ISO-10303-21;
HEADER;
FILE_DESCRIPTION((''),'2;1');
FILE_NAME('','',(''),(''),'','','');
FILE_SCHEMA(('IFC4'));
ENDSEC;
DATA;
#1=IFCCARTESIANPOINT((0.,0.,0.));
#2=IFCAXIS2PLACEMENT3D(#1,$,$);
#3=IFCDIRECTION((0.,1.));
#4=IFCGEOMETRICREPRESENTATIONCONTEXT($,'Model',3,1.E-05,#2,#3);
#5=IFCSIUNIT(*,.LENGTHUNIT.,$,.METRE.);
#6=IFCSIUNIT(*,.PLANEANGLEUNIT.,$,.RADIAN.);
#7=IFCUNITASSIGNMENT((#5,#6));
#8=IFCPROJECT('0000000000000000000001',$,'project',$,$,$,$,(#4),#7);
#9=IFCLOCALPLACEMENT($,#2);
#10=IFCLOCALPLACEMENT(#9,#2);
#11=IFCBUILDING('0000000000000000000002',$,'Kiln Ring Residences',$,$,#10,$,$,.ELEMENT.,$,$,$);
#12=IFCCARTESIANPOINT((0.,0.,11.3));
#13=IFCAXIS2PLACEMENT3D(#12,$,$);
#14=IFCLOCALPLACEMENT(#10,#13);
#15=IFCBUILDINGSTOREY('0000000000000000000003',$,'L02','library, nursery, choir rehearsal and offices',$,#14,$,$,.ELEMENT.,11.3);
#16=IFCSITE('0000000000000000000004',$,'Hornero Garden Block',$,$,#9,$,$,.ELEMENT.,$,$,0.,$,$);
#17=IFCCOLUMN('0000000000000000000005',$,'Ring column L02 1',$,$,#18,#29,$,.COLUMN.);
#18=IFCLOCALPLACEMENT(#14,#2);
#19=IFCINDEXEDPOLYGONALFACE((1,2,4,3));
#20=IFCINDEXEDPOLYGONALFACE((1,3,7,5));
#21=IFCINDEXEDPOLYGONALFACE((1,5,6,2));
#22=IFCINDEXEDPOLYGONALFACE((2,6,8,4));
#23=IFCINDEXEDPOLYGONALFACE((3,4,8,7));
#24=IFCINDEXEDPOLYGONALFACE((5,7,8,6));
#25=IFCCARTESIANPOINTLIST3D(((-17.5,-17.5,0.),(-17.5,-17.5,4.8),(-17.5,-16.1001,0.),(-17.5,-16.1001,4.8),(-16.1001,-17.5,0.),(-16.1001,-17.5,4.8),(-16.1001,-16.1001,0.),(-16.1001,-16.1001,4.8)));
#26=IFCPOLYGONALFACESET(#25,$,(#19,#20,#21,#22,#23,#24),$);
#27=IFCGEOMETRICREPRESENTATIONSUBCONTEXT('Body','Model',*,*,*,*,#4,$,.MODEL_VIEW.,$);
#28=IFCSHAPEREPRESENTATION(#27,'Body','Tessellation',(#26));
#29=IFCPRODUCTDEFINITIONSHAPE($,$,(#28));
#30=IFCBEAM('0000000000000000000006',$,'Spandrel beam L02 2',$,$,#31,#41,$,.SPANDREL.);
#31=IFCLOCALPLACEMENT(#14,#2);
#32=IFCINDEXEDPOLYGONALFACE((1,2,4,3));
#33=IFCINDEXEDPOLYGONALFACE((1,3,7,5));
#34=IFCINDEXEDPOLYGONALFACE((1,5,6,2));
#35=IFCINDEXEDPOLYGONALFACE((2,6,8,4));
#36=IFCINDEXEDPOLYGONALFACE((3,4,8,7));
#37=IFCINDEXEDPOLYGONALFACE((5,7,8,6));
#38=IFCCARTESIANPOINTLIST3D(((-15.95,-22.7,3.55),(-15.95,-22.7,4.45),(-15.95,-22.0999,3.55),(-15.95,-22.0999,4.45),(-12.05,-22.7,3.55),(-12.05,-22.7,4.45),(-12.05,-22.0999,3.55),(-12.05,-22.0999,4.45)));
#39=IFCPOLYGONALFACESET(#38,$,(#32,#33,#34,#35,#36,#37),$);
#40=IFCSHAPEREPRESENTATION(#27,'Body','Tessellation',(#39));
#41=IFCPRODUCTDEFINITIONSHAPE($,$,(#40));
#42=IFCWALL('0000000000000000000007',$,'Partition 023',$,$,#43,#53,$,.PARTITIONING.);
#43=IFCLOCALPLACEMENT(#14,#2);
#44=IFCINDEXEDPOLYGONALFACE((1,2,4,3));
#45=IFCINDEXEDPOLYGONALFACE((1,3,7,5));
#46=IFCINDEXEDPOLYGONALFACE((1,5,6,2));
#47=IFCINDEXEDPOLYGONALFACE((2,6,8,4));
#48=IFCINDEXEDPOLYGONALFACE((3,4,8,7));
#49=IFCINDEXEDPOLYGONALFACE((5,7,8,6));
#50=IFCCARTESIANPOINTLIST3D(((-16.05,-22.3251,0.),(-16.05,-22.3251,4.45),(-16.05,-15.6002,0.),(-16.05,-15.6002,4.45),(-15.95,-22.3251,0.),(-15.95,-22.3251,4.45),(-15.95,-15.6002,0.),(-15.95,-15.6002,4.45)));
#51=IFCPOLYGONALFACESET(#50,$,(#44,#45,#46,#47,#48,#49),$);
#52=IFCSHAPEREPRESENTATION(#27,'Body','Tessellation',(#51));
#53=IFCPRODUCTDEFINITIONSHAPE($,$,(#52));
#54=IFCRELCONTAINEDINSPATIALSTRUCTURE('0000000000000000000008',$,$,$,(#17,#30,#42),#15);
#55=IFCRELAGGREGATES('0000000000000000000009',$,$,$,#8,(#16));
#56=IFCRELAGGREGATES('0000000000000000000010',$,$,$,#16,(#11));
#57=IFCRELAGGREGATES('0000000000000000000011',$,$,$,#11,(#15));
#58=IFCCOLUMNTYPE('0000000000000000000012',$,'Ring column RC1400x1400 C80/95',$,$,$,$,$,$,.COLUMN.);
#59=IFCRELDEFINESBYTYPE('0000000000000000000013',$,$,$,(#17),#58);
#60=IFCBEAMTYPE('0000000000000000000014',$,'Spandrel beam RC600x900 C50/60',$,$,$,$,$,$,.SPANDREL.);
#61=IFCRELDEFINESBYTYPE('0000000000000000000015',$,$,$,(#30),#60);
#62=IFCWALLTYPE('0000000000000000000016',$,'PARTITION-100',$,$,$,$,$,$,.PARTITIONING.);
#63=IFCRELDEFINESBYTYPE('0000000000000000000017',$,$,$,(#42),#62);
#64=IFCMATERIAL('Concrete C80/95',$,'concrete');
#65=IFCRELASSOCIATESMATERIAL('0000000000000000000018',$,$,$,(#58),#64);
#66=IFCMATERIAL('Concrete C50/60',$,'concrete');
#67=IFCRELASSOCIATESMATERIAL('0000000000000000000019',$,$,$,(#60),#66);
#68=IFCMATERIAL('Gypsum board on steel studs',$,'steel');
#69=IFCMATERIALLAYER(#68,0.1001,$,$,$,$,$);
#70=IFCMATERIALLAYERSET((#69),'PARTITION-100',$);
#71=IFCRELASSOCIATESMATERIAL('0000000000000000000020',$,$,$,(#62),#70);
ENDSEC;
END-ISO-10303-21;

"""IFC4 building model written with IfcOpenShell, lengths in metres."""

from ifc_helpers import new_model, si_unit, direction, frame, frame_2d, origin, origin_2d, place, context, subcontext, project, spatial, rectangle, extrude, material, layer, layer_set, material_profile, profile_set, type_object, element, save


model = new_model("IFC4")

# Units and contexts
model_context = context("Model", 3, precision=1e-05, world=origin(), true_north=direction((0.0, 1.0)))
body_context = subcontext(model_context, "Body", "Model", "MODEL_VIEW")
ifc_project = project(units=[si_unit("LENGTHUNIT", "METRE"), si_unit("PLANEANGLEUNIT", "RADIAN")], contexts=[model_context])

# Site, building, storey
site_placement = place(None, origin())
site = spatial("IfcSite", under=ifc_project, at=site_placement, Name="Hornero Garden Block", CompositionType="ELEMENT", RefElevation=0.0)
building_placement = place(site_placement, origin())
building = spatial("IfcBuilding", under=site, at=building_placement, Name="Kiln Ring Residences", CompositionType="ELEMENT")
storey_placement = place(building_placement, frame((0.0, 0.0, 11.3)))
storey = spatial("IfcBuildingStorey", under=building, at=storey_placement, Name="L02", Description="library, nursery, choir rehearsal and offices", CompositionType="ELEMENT", Elevation=11.3)

# Column
ifc_material_1 = material(Name="Concrete C80/95", Category="concrete")
ifc_material_profile_1 = material_profile(ifc_material_1, rectangle(XDim=1.3999, YDim=1.3999, at=origin_2d()), Name="RC1400x1400")
ifc_profile_set_1 = profile_set([ifc_material_profile_1], Name="Concrete C80/95")
column_type = type_object("IfcColumnType", Name="Ring column RC1400x1400 C80/95", PredefinedType="COLUMN", material=ifc_profile_set_1)
column_placement = place(storey_placement, frame((-16.8, -16.8, 0.0), z_axis=(0.0, 0.0, 1.0), x_axis=(1.0, 0.0, 0.0)))
element("IfcColumn", 1, at=column_placement, inside=storey, type_object=column_type, Name="Ring column L02 1", PredefinedType="COLUMN", context=body_context, shape_type="SweptSolid", body=[
    extrude(rectangle(XDim=1.3999, YDim=1.3999, at=origin_2d()), origin(), (0.0, 0.0, 1.0), 4.8),
])

# Beam
ifc_material_2 = material(Name="Concrete C50/60", Category="concrete")
ifc_material_profile_2 = material_profile(ifc_material_2, rectangle(XDim=0.6001, YDim=0.8999, at=origin_2d()), Name="RC600x900")
ifc_profile_set_2 = profile_set([ifc_material_profile_2], Name="Concrete C50/60")
beam_type = type_object("IfcBeamType", Name="Spandrel beam RC600x900 C50/60", PredefinedType="SPANDREL", material=ifc_profile_set_2)
beam_placement = place(storey_placement, frame((-15.95, -22.3999, 4.0), z_axis=(1.0, 0.0, 0.0), x_axis=(0.0, 1.0, 0.0)))
element("IfcBeam", 2, at=beam_placement, inside=storey, type_object=beam_type, Name="Spandrel beam L02 2", PredefinedType="SPANDREL", context=body_context, shape_type="SweptSolid", body=[
    extrude(rectangle(XDim=0.6001, YDim=0.8999, at=origin_2d()), origin(), (0.0, 0.0, 1.0), 3.8999),
])

# Wall
ifc_material_3 = material(Name="Gypsum board on steel studs", Category="steel")
ifc_layer_1 = layer(ifc_material_3, 0.1001)
ifc_layer_set_1 = layer_set([ifc_layer_1], Name="PARTITION-100")
wall_type_1 = type_object("IfcWallType", Name="PARTITION-100", PredefinedType="PARTITIONING", material=ifc_layer_set_1)
wall_1_placement = place(storey_placement, frame((-16.0, -22.325, 0.0), z_axis=(0.0, 0.0, 1.0), x_axis=(0.0, 1.0, 0.0)))
element("IfcWall", 3, at=wall_1_placement, inside=storey, type_object=wall_type_1, Name="Partition 023", PredefinedType="PARTITIONING", context=body_context, shape_type="SweptSolid", body=[
    extrude(rectangle(XDim=6.7249, YDim=0.1001, at=frame_2d((3.3623, 0.0))), origin(), (0.0, 0.0, 1.0), 4.45),
])

save(model, "model.ifc")
